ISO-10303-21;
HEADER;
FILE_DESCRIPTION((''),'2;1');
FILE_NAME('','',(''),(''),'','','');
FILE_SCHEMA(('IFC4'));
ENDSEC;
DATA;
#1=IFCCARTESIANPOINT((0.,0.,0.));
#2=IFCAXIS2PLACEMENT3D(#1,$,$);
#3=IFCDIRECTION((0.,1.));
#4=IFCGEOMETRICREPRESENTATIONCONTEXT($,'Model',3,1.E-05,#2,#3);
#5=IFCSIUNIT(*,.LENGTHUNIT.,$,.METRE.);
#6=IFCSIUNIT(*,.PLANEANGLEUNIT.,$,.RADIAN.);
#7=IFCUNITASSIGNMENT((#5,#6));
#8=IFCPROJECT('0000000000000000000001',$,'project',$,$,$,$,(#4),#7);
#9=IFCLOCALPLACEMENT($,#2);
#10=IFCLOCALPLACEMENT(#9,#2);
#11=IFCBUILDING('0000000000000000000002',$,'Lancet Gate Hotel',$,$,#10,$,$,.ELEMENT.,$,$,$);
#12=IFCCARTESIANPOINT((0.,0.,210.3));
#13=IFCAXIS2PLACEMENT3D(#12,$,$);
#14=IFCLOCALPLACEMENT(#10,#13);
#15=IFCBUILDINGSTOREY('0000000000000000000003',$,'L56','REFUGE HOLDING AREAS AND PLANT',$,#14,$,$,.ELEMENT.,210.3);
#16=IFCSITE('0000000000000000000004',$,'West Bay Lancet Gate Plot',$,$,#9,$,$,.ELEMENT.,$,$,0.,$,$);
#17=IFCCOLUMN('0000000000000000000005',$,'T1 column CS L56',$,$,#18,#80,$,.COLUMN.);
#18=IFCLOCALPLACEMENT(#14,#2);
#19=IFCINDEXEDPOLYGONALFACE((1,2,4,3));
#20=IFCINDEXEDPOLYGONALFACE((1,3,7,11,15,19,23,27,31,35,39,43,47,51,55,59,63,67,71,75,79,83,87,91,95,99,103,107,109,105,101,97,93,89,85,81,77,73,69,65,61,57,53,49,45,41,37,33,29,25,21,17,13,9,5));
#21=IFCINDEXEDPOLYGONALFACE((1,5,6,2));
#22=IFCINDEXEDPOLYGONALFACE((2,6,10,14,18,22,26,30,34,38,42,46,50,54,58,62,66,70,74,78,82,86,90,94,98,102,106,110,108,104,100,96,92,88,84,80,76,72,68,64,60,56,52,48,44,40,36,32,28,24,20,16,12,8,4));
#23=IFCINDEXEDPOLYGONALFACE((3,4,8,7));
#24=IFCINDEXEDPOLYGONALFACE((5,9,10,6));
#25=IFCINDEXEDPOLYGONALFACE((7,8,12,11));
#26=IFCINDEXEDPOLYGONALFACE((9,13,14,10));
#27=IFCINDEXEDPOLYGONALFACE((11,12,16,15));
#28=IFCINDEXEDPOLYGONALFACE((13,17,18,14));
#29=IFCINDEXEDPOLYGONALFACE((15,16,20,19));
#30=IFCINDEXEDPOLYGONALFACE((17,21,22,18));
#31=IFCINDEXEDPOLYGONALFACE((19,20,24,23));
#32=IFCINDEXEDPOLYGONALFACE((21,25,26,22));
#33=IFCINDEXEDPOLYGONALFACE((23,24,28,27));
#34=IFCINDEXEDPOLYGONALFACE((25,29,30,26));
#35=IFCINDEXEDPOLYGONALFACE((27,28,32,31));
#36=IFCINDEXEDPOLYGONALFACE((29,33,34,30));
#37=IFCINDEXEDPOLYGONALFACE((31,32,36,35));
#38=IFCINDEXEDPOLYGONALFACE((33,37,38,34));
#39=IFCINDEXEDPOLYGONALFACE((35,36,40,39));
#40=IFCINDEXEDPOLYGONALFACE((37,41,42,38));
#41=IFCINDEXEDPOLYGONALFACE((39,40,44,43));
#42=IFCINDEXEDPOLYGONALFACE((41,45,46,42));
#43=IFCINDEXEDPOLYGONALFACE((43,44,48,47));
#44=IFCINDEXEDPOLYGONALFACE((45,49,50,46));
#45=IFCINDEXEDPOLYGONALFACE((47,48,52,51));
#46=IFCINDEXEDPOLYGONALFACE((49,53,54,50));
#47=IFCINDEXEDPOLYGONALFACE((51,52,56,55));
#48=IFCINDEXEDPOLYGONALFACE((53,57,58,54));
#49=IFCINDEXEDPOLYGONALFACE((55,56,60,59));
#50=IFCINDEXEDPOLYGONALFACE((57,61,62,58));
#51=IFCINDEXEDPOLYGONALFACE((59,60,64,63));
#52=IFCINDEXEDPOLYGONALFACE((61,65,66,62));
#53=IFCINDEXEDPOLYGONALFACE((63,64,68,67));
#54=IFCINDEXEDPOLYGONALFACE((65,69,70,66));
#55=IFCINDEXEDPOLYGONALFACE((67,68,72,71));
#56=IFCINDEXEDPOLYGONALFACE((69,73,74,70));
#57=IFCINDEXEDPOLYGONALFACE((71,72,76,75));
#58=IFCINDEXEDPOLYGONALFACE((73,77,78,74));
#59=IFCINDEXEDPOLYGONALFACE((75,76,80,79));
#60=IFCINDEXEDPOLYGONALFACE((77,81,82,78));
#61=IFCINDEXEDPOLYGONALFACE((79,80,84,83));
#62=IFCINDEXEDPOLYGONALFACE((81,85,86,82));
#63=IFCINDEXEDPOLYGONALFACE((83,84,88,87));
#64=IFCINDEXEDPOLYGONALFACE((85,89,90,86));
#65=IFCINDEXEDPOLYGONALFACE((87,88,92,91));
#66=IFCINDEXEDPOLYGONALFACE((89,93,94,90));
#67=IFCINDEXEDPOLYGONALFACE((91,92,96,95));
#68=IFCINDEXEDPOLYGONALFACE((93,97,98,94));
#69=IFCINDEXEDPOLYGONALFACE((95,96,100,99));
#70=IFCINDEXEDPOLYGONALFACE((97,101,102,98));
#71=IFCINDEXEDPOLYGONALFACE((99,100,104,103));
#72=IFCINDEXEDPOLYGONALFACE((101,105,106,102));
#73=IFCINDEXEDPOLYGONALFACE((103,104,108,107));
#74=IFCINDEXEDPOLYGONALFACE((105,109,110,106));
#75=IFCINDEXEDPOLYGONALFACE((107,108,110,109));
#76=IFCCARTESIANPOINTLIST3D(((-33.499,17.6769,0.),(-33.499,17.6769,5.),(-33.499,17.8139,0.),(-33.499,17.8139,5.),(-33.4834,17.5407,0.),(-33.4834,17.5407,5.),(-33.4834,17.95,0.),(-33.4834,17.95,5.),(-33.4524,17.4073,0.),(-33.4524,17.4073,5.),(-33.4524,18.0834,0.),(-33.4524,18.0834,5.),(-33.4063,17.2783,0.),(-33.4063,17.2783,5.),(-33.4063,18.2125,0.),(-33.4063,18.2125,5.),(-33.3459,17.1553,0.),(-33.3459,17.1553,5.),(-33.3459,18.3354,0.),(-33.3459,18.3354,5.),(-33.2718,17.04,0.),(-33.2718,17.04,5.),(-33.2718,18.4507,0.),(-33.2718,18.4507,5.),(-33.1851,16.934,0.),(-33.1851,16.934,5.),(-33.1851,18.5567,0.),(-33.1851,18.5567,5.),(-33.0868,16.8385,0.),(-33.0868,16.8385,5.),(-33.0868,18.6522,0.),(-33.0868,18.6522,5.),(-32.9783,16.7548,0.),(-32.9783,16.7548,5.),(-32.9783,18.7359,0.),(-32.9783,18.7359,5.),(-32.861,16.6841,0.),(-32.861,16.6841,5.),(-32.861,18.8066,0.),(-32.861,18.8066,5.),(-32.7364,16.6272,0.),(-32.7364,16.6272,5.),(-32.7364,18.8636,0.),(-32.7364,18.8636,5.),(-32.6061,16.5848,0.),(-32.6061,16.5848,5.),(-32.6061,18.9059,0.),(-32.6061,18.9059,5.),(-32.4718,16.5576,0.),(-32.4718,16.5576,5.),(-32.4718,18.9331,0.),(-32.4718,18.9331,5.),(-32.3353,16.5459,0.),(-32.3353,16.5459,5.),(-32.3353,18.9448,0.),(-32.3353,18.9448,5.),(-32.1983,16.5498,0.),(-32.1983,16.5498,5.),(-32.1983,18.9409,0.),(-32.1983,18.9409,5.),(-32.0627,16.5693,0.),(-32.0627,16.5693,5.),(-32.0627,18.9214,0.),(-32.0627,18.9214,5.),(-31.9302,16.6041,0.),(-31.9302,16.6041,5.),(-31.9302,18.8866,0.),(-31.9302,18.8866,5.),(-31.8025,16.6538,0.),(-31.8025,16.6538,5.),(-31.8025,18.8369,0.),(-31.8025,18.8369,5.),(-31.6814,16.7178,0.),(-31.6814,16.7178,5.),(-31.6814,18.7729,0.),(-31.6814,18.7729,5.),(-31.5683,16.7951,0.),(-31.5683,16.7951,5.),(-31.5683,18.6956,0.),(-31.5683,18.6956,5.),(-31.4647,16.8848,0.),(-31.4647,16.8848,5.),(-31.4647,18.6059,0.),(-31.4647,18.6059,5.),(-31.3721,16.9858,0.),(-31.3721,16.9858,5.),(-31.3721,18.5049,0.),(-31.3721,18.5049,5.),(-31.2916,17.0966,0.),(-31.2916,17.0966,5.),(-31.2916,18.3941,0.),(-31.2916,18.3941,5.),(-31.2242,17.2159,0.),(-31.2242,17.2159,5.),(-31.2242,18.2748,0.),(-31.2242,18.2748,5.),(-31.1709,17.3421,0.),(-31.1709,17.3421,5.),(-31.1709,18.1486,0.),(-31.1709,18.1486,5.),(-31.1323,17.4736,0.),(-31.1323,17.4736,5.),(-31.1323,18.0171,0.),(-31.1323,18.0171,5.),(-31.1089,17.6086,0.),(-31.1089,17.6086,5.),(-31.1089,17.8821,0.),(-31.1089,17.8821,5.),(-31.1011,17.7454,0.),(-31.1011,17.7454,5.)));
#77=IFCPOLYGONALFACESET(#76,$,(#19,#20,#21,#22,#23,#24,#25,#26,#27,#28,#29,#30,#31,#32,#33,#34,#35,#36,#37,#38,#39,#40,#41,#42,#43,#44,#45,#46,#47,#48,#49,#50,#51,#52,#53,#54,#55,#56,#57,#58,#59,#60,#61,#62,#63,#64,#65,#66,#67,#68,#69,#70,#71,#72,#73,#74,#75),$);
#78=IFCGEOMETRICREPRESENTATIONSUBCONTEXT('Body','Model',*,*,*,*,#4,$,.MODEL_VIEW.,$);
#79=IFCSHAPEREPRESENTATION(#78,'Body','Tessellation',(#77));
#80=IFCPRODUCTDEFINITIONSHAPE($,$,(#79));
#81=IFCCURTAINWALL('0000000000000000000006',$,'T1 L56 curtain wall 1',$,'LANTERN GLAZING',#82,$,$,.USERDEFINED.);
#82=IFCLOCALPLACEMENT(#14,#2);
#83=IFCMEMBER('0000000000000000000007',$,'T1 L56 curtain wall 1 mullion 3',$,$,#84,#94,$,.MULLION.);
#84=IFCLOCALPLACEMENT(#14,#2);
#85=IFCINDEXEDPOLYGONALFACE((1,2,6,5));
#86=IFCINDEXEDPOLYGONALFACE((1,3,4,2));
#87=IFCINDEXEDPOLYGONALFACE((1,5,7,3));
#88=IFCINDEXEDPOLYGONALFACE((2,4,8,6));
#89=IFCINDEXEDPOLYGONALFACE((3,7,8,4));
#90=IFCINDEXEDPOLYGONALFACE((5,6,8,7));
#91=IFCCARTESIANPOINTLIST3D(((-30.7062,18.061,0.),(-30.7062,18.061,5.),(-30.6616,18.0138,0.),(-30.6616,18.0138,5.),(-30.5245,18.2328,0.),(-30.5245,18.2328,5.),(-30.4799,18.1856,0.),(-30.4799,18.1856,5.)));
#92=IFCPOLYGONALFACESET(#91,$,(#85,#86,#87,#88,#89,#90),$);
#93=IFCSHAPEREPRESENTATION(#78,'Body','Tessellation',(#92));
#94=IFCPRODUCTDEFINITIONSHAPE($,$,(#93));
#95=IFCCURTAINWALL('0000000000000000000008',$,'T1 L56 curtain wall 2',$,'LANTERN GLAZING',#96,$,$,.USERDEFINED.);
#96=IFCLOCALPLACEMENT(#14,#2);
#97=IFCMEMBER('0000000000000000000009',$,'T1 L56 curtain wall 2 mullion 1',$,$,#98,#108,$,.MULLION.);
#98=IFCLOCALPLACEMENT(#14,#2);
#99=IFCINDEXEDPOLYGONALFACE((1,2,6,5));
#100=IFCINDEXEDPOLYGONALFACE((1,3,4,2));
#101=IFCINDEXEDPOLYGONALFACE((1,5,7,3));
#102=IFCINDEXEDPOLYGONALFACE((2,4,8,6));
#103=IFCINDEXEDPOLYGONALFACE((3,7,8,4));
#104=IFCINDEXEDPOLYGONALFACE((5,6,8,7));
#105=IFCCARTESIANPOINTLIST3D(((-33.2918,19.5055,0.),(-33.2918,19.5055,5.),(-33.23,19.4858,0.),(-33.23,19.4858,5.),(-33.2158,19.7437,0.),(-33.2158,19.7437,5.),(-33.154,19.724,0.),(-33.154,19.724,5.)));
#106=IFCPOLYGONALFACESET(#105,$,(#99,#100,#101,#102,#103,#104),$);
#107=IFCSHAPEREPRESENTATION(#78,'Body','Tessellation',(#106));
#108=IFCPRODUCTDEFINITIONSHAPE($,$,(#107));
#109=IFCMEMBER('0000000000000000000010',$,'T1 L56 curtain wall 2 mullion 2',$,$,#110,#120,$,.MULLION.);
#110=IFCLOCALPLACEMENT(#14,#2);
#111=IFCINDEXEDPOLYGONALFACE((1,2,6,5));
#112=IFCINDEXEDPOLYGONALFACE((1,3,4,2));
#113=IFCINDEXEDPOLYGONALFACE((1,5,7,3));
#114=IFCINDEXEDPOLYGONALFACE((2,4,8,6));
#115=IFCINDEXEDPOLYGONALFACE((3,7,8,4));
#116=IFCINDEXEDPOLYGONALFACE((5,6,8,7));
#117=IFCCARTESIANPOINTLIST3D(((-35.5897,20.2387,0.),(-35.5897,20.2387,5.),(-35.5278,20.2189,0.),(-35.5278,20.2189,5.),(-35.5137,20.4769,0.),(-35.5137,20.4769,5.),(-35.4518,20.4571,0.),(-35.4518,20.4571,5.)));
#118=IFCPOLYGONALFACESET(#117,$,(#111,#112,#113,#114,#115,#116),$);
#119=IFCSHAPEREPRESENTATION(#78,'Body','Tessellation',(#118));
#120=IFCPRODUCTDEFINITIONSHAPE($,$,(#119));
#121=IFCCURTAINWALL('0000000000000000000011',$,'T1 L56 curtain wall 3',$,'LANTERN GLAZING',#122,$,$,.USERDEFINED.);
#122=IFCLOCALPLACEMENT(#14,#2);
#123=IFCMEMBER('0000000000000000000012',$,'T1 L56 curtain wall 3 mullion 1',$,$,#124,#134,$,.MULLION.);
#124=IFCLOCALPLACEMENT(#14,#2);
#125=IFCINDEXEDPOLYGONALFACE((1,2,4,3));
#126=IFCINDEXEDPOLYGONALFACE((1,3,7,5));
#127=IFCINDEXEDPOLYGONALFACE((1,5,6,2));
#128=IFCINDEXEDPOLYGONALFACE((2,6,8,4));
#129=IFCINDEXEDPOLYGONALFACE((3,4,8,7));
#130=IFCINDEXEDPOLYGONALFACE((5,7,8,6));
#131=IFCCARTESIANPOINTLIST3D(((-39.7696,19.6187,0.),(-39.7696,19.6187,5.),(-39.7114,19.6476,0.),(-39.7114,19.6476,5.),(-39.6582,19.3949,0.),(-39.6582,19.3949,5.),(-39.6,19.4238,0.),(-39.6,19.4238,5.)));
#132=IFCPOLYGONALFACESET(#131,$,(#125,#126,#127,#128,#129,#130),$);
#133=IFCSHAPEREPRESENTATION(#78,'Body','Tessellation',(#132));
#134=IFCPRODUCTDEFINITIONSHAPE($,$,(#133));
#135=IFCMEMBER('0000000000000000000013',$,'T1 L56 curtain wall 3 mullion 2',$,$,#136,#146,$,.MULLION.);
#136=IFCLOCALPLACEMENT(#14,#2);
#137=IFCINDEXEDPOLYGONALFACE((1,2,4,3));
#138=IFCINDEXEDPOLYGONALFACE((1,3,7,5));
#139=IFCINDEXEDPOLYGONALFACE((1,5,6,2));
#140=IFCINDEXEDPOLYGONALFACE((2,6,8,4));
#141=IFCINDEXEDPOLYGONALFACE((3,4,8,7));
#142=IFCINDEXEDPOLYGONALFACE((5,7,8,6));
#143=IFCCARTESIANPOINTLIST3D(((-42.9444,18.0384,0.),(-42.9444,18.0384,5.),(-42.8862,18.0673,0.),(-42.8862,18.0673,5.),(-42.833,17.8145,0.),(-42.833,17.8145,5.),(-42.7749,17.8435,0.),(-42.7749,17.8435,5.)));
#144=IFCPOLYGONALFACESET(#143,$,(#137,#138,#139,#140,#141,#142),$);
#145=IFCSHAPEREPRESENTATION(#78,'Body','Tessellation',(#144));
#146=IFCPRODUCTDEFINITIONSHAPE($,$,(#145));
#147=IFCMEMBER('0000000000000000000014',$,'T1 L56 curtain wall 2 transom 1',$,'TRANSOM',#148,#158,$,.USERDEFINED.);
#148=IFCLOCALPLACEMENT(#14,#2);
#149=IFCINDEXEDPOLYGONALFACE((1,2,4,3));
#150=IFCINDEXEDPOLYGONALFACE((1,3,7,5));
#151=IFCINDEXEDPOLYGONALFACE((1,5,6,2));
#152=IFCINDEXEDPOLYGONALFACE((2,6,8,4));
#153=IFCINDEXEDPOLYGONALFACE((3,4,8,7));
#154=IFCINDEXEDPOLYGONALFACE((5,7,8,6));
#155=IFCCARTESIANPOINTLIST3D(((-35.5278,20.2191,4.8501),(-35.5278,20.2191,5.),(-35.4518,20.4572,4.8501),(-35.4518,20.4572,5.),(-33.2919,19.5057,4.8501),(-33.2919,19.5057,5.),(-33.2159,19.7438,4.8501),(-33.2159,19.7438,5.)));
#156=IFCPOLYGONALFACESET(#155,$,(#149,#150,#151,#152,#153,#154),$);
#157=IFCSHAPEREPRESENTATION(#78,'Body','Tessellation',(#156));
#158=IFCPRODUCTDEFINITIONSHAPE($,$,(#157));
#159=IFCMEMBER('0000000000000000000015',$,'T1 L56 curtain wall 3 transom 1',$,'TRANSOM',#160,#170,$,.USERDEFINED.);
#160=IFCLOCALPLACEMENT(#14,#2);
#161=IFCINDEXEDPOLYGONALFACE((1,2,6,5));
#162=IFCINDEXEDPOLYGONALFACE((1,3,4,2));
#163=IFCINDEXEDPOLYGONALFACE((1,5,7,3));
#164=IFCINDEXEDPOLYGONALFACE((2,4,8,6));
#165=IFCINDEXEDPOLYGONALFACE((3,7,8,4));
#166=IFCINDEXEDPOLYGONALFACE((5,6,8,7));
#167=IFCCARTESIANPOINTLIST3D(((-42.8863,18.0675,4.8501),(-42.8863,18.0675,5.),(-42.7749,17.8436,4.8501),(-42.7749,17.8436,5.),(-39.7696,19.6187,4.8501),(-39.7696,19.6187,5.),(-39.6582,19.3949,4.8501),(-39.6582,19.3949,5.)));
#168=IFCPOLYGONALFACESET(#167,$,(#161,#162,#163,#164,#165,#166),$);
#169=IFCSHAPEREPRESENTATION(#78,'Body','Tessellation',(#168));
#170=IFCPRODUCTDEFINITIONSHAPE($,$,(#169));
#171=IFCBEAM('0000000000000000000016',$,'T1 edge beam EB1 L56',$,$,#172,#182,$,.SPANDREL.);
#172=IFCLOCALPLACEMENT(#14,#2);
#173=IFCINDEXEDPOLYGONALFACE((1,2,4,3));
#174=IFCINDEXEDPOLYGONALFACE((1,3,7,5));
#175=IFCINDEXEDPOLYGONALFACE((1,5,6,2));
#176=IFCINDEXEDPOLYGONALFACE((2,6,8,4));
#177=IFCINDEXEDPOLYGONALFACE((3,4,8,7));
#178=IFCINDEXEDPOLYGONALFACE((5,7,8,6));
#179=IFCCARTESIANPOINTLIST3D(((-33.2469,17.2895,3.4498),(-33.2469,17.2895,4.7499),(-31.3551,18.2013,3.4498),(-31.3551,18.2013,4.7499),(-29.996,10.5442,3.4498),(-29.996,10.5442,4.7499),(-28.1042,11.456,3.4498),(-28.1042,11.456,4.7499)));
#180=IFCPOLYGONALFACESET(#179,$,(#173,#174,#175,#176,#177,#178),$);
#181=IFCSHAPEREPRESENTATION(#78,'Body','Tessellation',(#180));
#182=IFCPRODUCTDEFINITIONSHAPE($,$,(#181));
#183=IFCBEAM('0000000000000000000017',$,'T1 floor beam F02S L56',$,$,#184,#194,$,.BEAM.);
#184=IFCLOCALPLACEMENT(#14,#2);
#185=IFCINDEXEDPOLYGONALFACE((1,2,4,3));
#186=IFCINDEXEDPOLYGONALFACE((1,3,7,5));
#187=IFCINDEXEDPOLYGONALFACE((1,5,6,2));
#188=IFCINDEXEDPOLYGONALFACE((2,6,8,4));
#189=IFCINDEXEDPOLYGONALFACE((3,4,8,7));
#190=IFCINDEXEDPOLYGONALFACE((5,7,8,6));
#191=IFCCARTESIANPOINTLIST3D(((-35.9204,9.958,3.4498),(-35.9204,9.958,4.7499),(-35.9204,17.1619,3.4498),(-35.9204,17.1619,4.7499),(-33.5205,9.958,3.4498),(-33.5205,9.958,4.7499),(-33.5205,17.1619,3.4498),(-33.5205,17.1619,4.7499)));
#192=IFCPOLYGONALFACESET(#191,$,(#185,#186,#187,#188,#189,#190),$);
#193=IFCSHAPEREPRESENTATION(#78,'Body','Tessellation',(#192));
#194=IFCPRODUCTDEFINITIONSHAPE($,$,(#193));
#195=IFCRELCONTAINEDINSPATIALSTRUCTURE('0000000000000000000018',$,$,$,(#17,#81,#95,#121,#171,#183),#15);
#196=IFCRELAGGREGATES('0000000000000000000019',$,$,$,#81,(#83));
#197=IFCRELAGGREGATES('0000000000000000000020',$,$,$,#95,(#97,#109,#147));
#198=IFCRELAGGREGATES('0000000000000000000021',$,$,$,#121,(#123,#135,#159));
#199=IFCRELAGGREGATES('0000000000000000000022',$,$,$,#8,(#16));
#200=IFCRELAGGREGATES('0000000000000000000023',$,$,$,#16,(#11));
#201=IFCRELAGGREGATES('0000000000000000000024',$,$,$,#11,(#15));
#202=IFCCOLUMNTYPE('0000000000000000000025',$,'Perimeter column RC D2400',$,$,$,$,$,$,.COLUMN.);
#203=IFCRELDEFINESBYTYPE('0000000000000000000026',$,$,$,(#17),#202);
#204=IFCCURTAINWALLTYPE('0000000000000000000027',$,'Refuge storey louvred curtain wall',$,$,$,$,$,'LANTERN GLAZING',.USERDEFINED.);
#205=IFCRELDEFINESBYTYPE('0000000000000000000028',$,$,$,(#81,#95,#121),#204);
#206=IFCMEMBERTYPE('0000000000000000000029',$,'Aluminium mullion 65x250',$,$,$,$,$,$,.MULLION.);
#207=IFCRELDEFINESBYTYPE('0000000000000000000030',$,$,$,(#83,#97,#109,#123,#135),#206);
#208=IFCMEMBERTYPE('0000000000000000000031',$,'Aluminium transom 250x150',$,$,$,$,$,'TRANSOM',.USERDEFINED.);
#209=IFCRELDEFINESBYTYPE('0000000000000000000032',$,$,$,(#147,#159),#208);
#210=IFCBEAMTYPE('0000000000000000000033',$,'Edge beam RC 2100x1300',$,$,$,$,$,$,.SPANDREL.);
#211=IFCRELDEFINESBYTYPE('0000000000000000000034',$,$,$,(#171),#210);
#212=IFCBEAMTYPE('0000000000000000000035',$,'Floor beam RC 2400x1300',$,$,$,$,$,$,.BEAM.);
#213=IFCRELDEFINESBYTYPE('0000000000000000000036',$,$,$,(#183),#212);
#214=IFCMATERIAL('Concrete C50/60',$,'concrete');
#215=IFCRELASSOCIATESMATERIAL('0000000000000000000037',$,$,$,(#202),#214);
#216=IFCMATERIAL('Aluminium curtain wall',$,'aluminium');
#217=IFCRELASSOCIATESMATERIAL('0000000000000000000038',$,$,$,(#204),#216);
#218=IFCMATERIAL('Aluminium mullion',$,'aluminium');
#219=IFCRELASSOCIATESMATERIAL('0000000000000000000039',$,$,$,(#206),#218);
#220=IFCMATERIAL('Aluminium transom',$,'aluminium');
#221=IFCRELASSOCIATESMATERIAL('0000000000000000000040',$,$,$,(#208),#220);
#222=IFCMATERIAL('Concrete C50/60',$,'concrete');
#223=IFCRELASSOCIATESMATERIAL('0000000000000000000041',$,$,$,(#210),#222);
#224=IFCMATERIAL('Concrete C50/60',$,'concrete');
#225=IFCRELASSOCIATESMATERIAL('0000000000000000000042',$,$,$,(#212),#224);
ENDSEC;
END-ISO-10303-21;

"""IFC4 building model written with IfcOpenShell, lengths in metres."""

from ifc_helpers import new_model, si_unit, direction, frame, origin, origin_2d, place, context, subcontext, project, spatial, rectangle, circle, extrude, material, material_profile, profile_set, type_object, element, aggregate, save


model = new_model("IFC4")

# Units and contexts
model_context = context("Model", 3, precision=1e-05, world=origin(), true_north=direction((0.0, 1.0)))
body_context = subcontext(model_context, "Body", "Model", "MODEL_VIEW")
ifc_project = project(units=[si_unit("LENGTHUNIT", "METRE"), si_unit("PLANEANGLEUNIT", "RADIAN")], contexts=[model_context])

# Site, building, storey
site_placement = place(None, origin())
site = spatial("IfcSite", under=ifc_project, at=site_placement, Name="West Bay Lancet Gate Plot", CompositionType="ELEMENT", RefElevation=0.0)
building_placement = place(site_placement, origin())
building = spatial("IfcBuilding", under=site, at=building_placement, Name="Lancet Gate Hotel", CompositionType="ELEMENT")
storey_placement = place(building_placement, frame((0.0, 0.0, 210.3)))
storey = spatial("IfcBuildingStorey", under=building, at=storey_placement, Name="L56", Description="REFUGE HOLDING AREAS AND PLANT", CompositionType="ELEMENT", Elevation=210.3)

# Column
ifc_material_1 = material(Name="Concrete C50/60", Category="concrete")
ifc_material_profile_1 = material_profile(ifc_material_1, circle(Radius=1.2, at=origin_2d()), Name="RC D2400")
ifc_profile_set_1 = profile_set([ifc_material_profile_1], Name="Concrete C50/60")
column_type = type_object("IfcColumnType", Name="Perimeter column RC D2400", PredefinedType="COLUMN", material=ifc_profile_set_1)
column_placement = place(storey_placement, frame((-32.301, 17.7454, 0.0), z_axis=(0.0, 0.0, 1.0), x_axis=(1.0, 0.0, 0.0)))
element("IfcColumn", 1, at=column_placement, inside=storey, type_object=column_type, Name="T1 column CS L56", PredefinedType="COLUMN", context=body_context, shape_type="SweptSolid", body=[
    extrude(circle(Radius=1.2, at=origin_2d()), origin(), (0.0, 0.0, 1.0), 5.0),
])

# Curtain wall, member
ifc_material_2 = material(Name="Aluminium curtain wall", Category="aluminium")
curtain_wall_type = type_object("IfcCurtainWallType", Name="Refuge storey louvred curtain wall", ElementType="LANTERN GLAZING", PredefinedType="USERDEFINED", material=ifc_material_2)
curtain_wall_1_placement = place(storey_placement, origin())
curtain_wall_1 = element("IfcCurtainWall", 2, at=curtain_wall_1_placement, inside=storey, type_object=curtain_wall_type, Name="T1 L56 curtain wall 1", ObjectType="LANTERN GLAZING", PredefinedType="USERDEFINED")
ifc_material_3 = material(Name="Aluminium mullion", Category="aluminium")
ifc_material_profile_2 = material_profile(ifc_material_3, rectangle(XDim=0.0649, YDim=0.25, at=origin_2d()), Name="MULLION 65x250")
ifc_profile_set_2 = profile_set([ifc_material_profile_2], Name="Aluminium mullion")
member_type_1 = type_object("IfcMemberType", Name="Aluminium mullion 65x250", PredefinedType="MULLION", material=ifc_profile_set_2)
member_1_placement = place(storey_placement, frame((-30.593, 18.1233, 0.0), z_axis=(0.0, 0.0, 1.0), x_axis=(-0.686883, 0.726768, 0.0)))
member_1 = element("IfcMember", 3, at=member_1_placement, type_object=member_type_1, Name="T1 L56 curtain wall 1 mullion 3", PredefinedType="MULLION", context=body_context, shape_type="SweptSolid", body=[
    extrude(rectangle(XDim=0.0649, YDim=0.25, at=origin_2d()), origin(), (0.0, 0.0, 1.0), 5.0),
])
aggregate(curtain_wall_1, [member_1])

# Curtain walls, members
curtain_wall_2_placement = place(storey_placement, origin())
curtain_wall_2 = element("IfcCurtainWall", 4, at=curtain_wall_2_placement, inside=storey, type_object=curtain_wall_type, Name="T1 L56 curtain wall 2", ObjectType="LANTERN GLAZING", PredefinedType="USERDEFINED")
member_2_placement = place(storey_placement, frame((-33.2229, 19.6147, 0.0), z_axis=(0.0, 0.0, 1.0), x_axis=(-0.952696, 0.303926, 0.0)))
member_2 = element("IfcMember", 5, at=member_2_placement, type_object=member_type_1, Name="T1 L56 curtain wall 2 mullion 1", PredefinedType="MULLION", context=body_context, shape_type="SweptSolid", body=[
    extrude(rectangle(XDim=0.0649, YDim=0.25, at=origin_2d()), origin(), (0.0, 0.0, 1.0), 5.0),
])
member_3_placement = place(storey_placement, frame((-35.5208, 20.3479, 0.0), z_axis=(0.0, 0.0, 1.0), x_axis=(-0.952696, 0.303926, 0.0)))
member_3 = element("IfcMember", 6, at=member_3_placement, type_object=member_type_1, Name="T1 L56 curtain wall 2 mullion 2", PredefinedType="MULLION", context=body_context, shape_type="SweptSolid", body=[
    extrude(rectangle(XDim=0.0649, YDim=0.25, at=origin_2d()), origin(), (0.0, 0.0, 1.0), 5.0),
])
curtain_wall_3_placement = place(storey_placement, origin())
curtain_wall_3 = element("IfcCurtainWall", 7, at=curtain_wall_3_placement, inside=storey, type_object=curtain_wall_type, Name="T1 L56 curtain wall 3", ObjectType="LANTERN GLAZING", PredefinedType="USERDEFINED")
member_4_placement = place(storey_placement, frame((-39.6848, 19.5212, 0.0), z_axis=(0.0, 0.0, 1.0), x_axis=(-0.895234, -0.445596, 0.0)))
member_4 = element("IfcMember", 8, at=member_4_placement, type_object=member_type_1, Name="T1 L56 curtain wall 3 mullion 1", PredefinedType="MULLION", context=body_context, shape_type="SweptSolid", body=[
    extrude(rectangle(XDim=0.0649, YDim=0.25, at=origin_2d()), origin(), (0.0, 0.0, 1.0), 5.0),
])
member_5_placement = place(storey_placement, frame((-42.8596, 17.9409, 0.0), z_axis=(0.0, 0.0, 1.0), x_axis=(-0.895234, -0.445596, 0.0)))
member_5 = element("IfcMember", 9, at=member_5_placement, type_object=member_type_1, Name="T1 L56 curtain wall 3 mullion 2", PredefinedType="MULLION", context=body_context, shape_type="SweptSolid", body=[
    extrude(rectangle(XDim=0.0649, YDim=0.25, at=origin_2d()), origin(), (0.0, 0.0, 1.0), 5.0),
])

# Members
ifc_material_4 = material(Name="Aluminium transom", Category="aluminium")
ifc_material_profile_3 = material_profile(ifc_material_4, rectangle(XDim=0.25, YDim=0.1499, at=origin_2d()), Name="TRANSOM 250x150")
ifc_profile_set_3 = profile_set([ifc_material_profile_3], Name="Aluminium transom")
member_type_2 = type_object("IfcMemberType", Name="Aluminium transom 250x150", ElementType="TRANSOM", PredefinedType="USERDEFINED", material=ifc_profile_set_3)
member_6_placement = place(storey_placement, frame((-33.2539, 19.6248, 4.925), z_axis=(-0.952682, 0.303968, 0.0), x_axis=(-0.303968, -0.952682, 0.0)))
member_6 = element("IfcMember", 10, at=member_6_placement, type_object=member_type_2, Name="T1 L56 curtain wall 2 transom 1", ObjectType="TRANSOM", PredefinedType="USERDEFINED", context=body_context, shape_type="SweptSolid", body=[
    extrude(rectangle(XDim=0.25, YDim=0.1499, at=origin_2d()), origin(), (0.0, 0.0, 1.0), 2.3469),
])
member_7_placement = place(storey_placement, frame((-39.7139, 19.5068, 4.925), z_axis=(-0.895239, -0.445586, 0.0), x_axis=(0.445586, -0.895239, 0.0)))
member_7 = element("IfcMember", 11, at=member_7_placement, type_object=member_type_2, Name="T1 L56 curtain wall 3 transom 1", ObjectType="TRANSOM", PredefinedType="USERDEFINED", context=body_context, shape_type="SweptSolid", body=[
    extrude(rectangle(XDim=0.25, YDim=0.1499, at=origin_2d()), origin(), (0.0, 0.0, 1.0), 3.4814),
])

# Beams
ifc_material_5 = material(Name="Concrete C50/60", Category="concrete")
ifc_material_profile_4 = material_profile(ifc_material_5, rectangle(XDim=2.1001, YDim=1.3, at=origin_2d()), Name="RC 2100x1300")
ifc_profile_set_4 = profile_set([ifc_material_profile_4], Name="Concrete C50/60")
beam_type_1 = type_object("IfcBeamType", Name="Edge beam RC 2100x1300", PredefinedType="SPANDREL", material=ifc_profile_set_4)
beam_1_placement = place(storey_placement, frame((-32.301, 17.7454, 4.0999), z_axis=(0.434164, -0.900834, 0.0), x_axis=(0.900834, 0.434164, 0.0)))
element("IfcBeam", 12, at=beam_1_placement, inside=storey, type_object=beam_type_1, Name="T1 edge beam EB1 L56", PredefinedType="SPANDREL", context=body_context, shape_type="SweptSolid", body=[
    extrude(rectangle(XDim=2.1001, YDim=1.3, at=origin_2d()), origin(), (0.0, 0.0, 1.0), 7.4878),
])
ifc_material_6 = material(Name="Concrete C50/60", Category="concrete")
ifc_material_profile_5 = material_profile(ifc_material_6, rectangle(XDim=2.3999, YDim=1.3, at=origin_2d()), Name="RC 2400x1300")
ifc_profile_set_5 = profile_set([ifc_material_profile_5], Name="Concrete C50/60")
beam_type_2 = type_object("IfcBeamType", Name="Floor beam RC 2400x1300", PredefinedType="BEAM", material=ifc_profile_set_5)
beam_2_placement = place(storey_placement, frame((-34.7205, 17.1619, 4.0999), z_axis=(0.0, -1.0, 0.0), x_axis=(1.0, 0.0, 0.0)))
element("IfcBeam", 13, at=beam_2_placement, inside=storey, type_object=beam_type_2, Name="T1 floor beam F02S L56", PredefinedType="BEAM", context=body_context, shape_type="SweptSolid", body=[
    extrude(rectangle(XDim=2.3999, YDim=1.3, at=origin_2d()), origin(), (0.0, 0.0, 1.0), 7.2039),
])

aggregate(curtain_wall_2, [member_2, member_3, member_6])
aggregate(curtain_wall_3, [member_4, member_5, member_7])

save(model, "model.ifc")
